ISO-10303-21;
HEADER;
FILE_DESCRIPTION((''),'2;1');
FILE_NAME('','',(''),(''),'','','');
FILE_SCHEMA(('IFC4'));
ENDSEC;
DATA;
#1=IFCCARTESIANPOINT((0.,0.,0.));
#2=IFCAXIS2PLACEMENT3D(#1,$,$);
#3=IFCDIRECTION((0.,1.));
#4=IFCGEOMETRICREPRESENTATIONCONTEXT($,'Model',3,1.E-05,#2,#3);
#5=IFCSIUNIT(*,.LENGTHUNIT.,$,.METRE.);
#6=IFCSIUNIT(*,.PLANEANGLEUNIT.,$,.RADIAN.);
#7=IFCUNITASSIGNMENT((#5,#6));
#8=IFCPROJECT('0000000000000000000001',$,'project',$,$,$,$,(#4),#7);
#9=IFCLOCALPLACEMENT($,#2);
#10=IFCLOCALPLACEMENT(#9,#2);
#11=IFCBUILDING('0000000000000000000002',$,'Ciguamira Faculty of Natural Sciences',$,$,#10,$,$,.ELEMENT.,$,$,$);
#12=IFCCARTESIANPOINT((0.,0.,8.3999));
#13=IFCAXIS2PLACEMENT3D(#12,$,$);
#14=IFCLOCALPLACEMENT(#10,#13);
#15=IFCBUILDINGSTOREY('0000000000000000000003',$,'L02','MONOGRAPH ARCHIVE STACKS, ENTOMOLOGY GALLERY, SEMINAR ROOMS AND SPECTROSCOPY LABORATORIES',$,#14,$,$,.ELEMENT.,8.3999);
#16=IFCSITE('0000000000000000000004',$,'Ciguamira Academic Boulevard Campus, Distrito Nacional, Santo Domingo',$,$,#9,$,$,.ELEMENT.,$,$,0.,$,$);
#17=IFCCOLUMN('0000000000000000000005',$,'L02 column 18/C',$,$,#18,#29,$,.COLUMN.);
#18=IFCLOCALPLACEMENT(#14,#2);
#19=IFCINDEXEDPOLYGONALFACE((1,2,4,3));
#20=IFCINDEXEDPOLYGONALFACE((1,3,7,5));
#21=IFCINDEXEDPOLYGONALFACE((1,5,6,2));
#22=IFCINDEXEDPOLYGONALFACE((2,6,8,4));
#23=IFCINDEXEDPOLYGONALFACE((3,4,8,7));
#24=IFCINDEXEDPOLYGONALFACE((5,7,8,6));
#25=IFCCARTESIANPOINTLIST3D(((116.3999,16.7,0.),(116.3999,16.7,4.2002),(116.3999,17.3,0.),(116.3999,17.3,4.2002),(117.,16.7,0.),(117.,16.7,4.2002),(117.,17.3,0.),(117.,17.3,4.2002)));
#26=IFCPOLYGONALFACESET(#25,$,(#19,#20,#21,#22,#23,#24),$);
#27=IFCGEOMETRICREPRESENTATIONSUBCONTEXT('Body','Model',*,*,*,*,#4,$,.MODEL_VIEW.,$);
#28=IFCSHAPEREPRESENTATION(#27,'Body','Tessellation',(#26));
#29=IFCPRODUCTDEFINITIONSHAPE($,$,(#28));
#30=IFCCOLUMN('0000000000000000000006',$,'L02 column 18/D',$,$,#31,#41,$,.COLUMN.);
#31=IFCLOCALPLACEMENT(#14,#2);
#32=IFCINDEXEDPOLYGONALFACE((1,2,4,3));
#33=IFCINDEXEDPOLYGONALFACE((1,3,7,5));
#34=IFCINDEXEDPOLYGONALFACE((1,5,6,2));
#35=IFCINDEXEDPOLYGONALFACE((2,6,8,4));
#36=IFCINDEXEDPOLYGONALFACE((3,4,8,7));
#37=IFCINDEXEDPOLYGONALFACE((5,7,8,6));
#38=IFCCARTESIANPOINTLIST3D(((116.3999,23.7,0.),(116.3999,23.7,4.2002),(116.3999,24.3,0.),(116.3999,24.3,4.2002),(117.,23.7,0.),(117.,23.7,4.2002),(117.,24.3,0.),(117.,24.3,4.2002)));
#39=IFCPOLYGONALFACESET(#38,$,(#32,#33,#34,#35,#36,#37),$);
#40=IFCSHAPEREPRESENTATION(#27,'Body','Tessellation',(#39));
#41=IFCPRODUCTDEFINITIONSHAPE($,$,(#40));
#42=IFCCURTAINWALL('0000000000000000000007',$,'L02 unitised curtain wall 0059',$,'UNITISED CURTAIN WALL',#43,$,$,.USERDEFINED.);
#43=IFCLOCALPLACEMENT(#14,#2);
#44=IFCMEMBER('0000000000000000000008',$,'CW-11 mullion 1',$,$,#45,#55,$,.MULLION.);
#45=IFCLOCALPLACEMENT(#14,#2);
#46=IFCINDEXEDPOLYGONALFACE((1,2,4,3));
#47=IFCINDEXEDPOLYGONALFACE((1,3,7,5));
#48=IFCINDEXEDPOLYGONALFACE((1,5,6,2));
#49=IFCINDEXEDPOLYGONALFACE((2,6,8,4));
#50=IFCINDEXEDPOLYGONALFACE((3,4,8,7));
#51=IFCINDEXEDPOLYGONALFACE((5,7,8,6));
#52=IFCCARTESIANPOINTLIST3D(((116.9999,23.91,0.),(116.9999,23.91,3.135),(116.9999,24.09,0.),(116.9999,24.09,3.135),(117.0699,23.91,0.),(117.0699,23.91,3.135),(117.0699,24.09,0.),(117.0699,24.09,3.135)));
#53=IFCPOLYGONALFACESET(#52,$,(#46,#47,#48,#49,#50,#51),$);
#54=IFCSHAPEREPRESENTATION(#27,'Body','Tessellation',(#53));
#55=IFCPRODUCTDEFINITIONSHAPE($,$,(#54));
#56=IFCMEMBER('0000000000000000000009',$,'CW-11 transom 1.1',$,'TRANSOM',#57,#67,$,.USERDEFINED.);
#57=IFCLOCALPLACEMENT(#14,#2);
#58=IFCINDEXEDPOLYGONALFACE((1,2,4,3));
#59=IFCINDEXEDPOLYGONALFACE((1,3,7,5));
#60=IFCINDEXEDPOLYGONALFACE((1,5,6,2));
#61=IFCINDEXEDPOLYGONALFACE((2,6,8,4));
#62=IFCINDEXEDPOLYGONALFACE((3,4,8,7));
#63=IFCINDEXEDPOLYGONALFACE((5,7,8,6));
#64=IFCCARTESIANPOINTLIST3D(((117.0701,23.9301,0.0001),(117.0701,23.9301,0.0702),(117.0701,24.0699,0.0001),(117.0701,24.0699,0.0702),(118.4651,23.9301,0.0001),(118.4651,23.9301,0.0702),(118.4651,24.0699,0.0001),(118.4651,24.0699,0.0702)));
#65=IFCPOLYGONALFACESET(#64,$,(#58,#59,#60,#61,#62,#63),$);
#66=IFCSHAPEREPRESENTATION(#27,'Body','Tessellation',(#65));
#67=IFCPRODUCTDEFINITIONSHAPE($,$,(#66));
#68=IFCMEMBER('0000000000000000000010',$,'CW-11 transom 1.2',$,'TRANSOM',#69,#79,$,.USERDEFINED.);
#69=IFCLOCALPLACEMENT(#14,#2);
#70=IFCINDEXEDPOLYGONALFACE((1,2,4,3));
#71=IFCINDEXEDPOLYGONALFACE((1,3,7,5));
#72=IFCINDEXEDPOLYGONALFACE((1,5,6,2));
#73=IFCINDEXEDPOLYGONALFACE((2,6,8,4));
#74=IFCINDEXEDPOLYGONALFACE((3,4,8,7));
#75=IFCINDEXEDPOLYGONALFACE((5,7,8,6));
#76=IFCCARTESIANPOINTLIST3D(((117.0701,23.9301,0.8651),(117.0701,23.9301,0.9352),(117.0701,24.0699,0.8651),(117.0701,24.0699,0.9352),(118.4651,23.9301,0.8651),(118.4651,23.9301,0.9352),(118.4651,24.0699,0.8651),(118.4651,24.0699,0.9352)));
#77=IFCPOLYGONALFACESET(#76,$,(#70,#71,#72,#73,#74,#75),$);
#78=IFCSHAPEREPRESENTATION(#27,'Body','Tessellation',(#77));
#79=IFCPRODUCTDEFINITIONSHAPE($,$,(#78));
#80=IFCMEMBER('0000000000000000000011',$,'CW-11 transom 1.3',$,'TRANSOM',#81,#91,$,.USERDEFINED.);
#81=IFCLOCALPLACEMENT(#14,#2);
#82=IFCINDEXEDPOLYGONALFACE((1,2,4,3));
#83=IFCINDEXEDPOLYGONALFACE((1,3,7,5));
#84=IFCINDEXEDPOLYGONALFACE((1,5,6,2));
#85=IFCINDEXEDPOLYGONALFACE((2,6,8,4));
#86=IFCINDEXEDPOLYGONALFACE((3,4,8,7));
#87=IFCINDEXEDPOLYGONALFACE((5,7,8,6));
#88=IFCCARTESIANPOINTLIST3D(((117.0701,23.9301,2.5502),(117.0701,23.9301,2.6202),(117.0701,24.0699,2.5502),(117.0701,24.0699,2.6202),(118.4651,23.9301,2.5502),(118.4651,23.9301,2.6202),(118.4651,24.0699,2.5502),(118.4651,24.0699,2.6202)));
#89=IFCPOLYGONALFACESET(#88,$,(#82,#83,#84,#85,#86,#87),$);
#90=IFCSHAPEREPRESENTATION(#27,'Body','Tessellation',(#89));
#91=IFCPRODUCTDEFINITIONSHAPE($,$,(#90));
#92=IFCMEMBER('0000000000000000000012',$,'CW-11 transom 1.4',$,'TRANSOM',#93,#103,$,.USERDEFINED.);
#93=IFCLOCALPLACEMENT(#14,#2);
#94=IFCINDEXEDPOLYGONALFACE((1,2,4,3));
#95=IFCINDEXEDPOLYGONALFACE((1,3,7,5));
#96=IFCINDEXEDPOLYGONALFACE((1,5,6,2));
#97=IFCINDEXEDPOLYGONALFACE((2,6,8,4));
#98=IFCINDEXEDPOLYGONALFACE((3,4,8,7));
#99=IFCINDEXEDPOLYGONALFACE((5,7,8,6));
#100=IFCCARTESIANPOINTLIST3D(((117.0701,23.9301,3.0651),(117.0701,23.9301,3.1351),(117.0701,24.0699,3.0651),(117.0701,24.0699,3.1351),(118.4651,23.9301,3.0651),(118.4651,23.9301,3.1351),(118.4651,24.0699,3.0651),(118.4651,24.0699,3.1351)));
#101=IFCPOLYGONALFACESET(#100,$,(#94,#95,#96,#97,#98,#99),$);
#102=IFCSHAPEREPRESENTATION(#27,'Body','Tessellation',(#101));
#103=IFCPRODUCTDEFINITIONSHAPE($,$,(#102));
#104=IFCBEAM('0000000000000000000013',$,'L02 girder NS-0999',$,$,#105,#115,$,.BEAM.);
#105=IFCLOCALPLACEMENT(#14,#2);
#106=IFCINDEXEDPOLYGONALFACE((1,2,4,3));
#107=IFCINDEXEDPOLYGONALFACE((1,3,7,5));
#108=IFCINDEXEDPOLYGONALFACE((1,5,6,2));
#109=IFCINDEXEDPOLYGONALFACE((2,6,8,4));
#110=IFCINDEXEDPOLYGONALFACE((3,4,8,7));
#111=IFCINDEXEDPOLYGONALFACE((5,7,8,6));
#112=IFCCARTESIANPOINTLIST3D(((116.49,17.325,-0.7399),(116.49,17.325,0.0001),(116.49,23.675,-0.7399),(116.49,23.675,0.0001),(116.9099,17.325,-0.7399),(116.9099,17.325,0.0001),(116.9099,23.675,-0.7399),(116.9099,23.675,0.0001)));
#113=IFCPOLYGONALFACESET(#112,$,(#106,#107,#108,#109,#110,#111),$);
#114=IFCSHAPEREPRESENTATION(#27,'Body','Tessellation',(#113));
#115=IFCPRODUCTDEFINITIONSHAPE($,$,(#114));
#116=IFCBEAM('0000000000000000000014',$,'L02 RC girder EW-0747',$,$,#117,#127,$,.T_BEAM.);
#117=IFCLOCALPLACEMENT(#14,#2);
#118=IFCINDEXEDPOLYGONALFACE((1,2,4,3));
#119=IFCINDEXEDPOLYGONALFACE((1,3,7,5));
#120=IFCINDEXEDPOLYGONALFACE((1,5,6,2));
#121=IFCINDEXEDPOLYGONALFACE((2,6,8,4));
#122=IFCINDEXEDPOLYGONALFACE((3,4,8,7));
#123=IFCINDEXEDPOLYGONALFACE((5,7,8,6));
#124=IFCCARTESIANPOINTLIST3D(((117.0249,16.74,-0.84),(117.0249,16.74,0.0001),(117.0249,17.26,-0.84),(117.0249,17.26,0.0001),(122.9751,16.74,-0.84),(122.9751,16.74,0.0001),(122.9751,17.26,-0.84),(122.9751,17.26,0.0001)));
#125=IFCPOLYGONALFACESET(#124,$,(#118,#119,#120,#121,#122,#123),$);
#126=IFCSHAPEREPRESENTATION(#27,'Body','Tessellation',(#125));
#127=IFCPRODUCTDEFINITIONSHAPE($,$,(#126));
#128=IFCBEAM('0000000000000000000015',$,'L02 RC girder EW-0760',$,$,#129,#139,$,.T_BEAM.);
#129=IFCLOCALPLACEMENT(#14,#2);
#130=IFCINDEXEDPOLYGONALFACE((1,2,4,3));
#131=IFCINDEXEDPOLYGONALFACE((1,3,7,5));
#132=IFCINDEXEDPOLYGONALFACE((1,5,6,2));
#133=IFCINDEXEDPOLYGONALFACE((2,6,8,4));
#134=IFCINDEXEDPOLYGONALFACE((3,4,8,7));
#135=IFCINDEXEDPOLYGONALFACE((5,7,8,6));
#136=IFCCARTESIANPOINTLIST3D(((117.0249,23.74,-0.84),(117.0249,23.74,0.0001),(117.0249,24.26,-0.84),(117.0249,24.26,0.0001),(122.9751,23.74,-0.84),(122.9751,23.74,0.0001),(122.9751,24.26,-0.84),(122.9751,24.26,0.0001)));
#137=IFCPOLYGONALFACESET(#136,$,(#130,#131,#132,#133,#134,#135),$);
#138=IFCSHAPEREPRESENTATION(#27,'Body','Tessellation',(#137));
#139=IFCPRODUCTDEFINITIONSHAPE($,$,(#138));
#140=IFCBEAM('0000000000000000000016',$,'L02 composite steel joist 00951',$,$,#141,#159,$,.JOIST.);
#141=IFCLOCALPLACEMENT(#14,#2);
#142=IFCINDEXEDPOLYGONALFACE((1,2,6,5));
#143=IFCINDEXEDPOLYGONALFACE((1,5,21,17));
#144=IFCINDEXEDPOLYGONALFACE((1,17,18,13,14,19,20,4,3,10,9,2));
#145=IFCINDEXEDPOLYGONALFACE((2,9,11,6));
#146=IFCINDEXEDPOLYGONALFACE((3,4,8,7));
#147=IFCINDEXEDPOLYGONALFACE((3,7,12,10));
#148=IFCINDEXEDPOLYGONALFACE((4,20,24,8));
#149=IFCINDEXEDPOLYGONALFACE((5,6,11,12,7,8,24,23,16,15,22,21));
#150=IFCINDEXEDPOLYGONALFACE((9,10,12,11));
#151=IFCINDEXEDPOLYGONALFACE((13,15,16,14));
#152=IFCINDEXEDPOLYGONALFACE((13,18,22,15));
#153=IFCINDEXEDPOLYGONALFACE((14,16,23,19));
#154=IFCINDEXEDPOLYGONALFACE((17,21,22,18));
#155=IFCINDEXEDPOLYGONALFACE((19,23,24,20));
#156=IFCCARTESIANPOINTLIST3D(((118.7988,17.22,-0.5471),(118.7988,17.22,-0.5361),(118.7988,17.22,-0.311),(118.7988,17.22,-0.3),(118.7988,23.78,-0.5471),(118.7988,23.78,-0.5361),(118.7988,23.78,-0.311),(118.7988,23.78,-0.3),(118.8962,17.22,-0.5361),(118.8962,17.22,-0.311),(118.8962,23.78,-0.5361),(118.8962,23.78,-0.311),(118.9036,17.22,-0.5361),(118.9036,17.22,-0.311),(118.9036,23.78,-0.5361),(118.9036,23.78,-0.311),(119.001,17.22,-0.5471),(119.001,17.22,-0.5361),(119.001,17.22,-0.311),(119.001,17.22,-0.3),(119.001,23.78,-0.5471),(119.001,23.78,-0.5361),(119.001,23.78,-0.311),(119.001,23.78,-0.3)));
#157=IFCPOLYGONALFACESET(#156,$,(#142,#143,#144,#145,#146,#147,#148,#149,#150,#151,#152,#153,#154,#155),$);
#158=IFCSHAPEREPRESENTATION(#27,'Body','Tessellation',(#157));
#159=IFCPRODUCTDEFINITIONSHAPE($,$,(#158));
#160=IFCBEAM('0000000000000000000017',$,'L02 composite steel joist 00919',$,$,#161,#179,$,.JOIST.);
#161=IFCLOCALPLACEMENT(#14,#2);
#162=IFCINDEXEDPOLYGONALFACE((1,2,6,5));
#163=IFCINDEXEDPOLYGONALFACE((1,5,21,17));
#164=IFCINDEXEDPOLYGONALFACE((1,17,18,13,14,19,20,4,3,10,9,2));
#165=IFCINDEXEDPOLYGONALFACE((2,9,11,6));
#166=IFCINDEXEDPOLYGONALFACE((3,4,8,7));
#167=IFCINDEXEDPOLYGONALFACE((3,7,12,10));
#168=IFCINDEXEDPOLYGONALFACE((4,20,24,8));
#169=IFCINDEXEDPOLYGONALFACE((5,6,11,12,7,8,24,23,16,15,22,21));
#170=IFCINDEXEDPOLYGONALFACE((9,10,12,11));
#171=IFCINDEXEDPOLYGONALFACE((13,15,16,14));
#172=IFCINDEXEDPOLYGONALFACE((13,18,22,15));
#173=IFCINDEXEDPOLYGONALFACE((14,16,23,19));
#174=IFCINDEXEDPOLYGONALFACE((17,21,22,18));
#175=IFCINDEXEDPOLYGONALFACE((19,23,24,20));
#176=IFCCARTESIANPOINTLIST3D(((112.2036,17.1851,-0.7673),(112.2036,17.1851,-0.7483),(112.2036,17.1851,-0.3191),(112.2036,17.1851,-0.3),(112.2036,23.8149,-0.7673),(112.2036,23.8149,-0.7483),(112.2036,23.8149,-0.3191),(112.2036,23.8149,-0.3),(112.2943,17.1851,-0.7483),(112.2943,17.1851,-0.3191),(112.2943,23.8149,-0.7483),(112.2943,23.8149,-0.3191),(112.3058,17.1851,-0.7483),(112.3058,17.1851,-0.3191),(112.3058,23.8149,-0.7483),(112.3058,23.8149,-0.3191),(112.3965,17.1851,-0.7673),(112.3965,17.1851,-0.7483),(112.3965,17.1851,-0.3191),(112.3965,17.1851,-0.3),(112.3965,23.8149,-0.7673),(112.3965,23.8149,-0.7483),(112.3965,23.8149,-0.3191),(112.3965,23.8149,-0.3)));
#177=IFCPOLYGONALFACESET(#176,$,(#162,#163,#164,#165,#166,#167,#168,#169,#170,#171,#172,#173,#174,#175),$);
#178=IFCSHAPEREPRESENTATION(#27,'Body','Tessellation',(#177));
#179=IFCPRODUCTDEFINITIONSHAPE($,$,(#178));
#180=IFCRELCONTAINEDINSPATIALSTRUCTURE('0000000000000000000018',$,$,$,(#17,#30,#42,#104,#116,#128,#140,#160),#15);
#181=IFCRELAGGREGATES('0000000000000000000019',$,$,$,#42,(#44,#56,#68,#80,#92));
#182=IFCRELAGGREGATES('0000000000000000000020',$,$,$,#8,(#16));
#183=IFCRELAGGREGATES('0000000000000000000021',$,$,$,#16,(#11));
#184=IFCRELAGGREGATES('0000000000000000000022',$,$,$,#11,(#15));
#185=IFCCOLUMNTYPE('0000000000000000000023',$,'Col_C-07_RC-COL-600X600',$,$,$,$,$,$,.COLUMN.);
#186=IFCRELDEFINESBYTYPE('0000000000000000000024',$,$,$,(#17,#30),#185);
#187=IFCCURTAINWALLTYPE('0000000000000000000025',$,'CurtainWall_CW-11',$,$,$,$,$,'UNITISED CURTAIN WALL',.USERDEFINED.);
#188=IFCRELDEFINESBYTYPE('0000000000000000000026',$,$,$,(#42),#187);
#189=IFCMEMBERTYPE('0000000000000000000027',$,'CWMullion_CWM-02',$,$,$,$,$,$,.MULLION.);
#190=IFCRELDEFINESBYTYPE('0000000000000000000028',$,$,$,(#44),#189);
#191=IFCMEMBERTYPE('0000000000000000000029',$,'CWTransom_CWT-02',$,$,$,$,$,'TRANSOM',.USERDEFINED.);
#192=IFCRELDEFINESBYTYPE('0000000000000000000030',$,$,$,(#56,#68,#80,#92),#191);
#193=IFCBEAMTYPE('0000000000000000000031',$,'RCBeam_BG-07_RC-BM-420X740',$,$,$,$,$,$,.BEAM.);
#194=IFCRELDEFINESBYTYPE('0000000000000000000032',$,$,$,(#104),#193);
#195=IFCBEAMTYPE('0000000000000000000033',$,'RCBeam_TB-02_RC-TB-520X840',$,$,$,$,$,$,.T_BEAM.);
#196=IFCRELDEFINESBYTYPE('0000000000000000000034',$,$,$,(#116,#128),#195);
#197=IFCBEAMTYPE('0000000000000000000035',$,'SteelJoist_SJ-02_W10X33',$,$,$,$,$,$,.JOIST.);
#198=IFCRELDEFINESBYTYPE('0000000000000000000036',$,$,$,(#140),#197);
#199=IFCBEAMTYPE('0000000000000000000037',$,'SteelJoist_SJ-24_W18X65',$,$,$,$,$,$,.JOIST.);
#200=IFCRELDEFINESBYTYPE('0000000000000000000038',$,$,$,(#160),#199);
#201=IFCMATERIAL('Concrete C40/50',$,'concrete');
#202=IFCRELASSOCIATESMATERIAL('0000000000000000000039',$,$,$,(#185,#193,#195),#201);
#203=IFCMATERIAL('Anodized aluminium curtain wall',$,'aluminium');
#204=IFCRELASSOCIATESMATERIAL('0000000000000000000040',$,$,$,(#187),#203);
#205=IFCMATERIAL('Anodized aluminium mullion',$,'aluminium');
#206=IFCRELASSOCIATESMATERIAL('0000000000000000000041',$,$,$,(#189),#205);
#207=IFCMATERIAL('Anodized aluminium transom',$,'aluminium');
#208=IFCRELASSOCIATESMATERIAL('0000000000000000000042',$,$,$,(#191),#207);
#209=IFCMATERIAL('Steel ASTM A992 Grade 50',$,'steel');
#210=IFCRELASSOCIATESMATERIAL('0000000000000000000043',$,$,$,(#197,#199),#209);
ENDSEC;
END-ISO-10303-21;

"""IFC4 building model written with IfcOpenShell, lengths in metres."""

from ifc_helpers import new_model, si_unit, direction, frame, origin, origin_2d, place, context, subcontext, project, spatial, rectangle, i_section, extrude, material, material_profile, profile_set, type_object, element, aggregate, save


model = new_model("IFC4")

# Units and contexts
model_context = context("Model", 3, precision=1e-05, world=origin(), true_north=direction((0.0, 1.0)))
body_context = subcontext(model_context, "Body", "Model", "MODEL_VIEW")
ifc_project = project(units=[si_unit("LENGTHUNIT", "METRE"), si_unit("PLANEANGLEUNIT", "RADIAN")], contexts=[model_context])

# Site, building, storey
site_placement = place(None, origin())
site = spatial("IfcSite", under=ifc_project, at=site_placement, Name="Ciguamira Academic Boulevard Campus, Distrito Nacional, Santo Domingo", CompositionType="ELEMENT", RefElevation=0.0)
building_placement = place(site_placement, origin())
building = spatial("IfcBuilding", under=site, at=building_placement, Name="Ciguamira Faculty of Natural Sciences", CompositionType="ELEMENT")
storey_placement = place(building_placement, frame((0.0, 0.0, 8.3999)))
storey = spatial("IfcBuildingStorey", under=building, at=storey_placement, Name="L02", Description="MONOGRAPH ARCHIVE STACKS, ENTOMOLOGY GALLERY, SEMINAR ROOMS AND SPECTROSCOPY LABORATORIES", CompositionType="ELEMENT", Elevation=8.3999)

# Columns
ifc_material_1 = material(Name="Concrete C40/50", Category="concrete")
ifc_material_profile_1 = material_profile(ifc_material_1, rectangle(XDim=0.6001, YDim=0.6001, at=origin_2d()), Name="RC-COL-600X600")
ifc_profile_set_1 = profile_set([ifc_material_profile_1], Name="Concrete C40/50")
column_type = type_object("IfcColumnType", Name="Col_C-07_RC-COL-600X600", PredefinedType="COLUMN", material=ifc_profile_set_1)
for number, where, z_axis, x_axis, name in (
    (1, (116.7, 17.0, 0.0), (0.0, 0.0, 1.0), (1.0, 0.0, 0.0), "L02 column 18/C"),
    (2, (116.7, 24.0, 0.0), (0.0, 0.0, 1.0), (1.0, 0.0, 0.0), "L02 column 18/D"),
):
    element("IfcColumn", number, at=place(storey_placement, frame(where, z_axis=z_axis, x_axis=x_axis)), inside=storey, type_object=column_type, Name=name, PredefinedType="COLUMN", context=body_context, shape_type="SweptSolid", body=[
        extrude(rectangle(XDim=0.6001, YDim=0.6001, at=origin_2d()), origin(), (0.0, 0.0, 1.0), 4.2002),
    ])

# Curtain wall, members
ifc_material_2 = material(Name="Anodized aluminium curtain wall", Category="aluminium")
curtain_wall_type = type_object("IfcCurtainWallType", Name="CurtainWall_CW-11", ElementType="UNITISED CURTAIN WALL", PredefinedType="USERDEFINED", material=ifc_material_2)
curtain_wall_placement = place(storey_placement, origin())
curtain_wall = element("IfcCurtainWall", 3, at=curtain_wall_placement, inside=storey, type_object=curtain_wall_type, Name="L02 unitised curtain wall 0059", ObjectType="UNITISED CURTAIN WALL", PredefinedType="USERDEFINED")
ifc_material_3 = material(Name="Anodized aluminium mullion", Category="aluminium")
ifc_material_profile_2 = material_profile(ifc_material_3, rectangle(XDim=0.0701, YDim=0.1799, at=origin_2d()), Name="ALU-MUL-70X180")
ifc_profile_set_2 = profile_set([ifc_material_profile_2], Name="Anodized aluminium mullion")
member_type_1 = type_object("IfcMemberType", Name="CWMullion_CWM-02", PredefinedType="MULLION", material=ifc_profile_set_2)
member_1_placement = place(storey_placement, frame((117.0349, 24.0, 0.0), z_axis=(0.0, 0.0, 1.0), x_axis=(1.0, 0.0, 0.0)))
member_1 = element("IfcMember", 4, at=member_1_placement, type_object=member_type_1, Name="CW-11 mullion 1", PredefinedType="MULLION", context=body_context, shape_type="SweptSolid", body=[
    extrude(rectangle(XDim=0.0701, YDim=0.1799, at=origin_2d()), origin(), (0.0, 0.0, 1.0), 3.135),
])
ifc_material_4 = material(Name="Anodized aluminium transom", Category="aluminium")
ifc_material_profile_3 = material_profile(ifc_material_4, rectangle(XDim=0.0701, YDim=0.1399, at=origin_2d()), Name="ALU-TRN-70X140")
ifc_profile_set_3 = profile_set([ifc_material_profile_3], Name="Anodized aluminium transom")
member_type_2 = type_object("IfcMemberType", Name="CWTransom_CWT-02", ElementType="TRANSOM", PredefinedType="USERDEFINED", material=ifc_profile_set_3)
member_2_placement = place(storey_placement, frame((117.0701, 24.0, 0.0352), z_axis=(1.0, 0.0, 0.0), x_axis=(0.0, 0.0, 1.0)))
member_2 = element("IfcMember", 5, at=member_2_placement, type_object=member_type_2, Name="CW-11 transom 1.1", ObjectType="TRANSOM", PredefinedType="USERDEFINED", context=body_context, shape_type="SweptSolid", body=[
    extrude(rectangle(XDim=0.0701, YDim=0.1399, at=origin_2d()), origin(), (0.0, 0.0, 1.0), 1.395),
])
member_3_placement = place(storey_placement, frame((117.0701, 24.0, 0.9001), z_axis=(1.0, 0.0, 0.0), x_axis=(0.0, 0.0, 1.0)))
member_3 = element("IfcMember", 6, at=member_3_placement, type_object=member_type_2, Name="CW-11 transom 1.2", ObjectType="TRANSOM", PredefinedType="USERDEFINED", context=body_context, shape_type="SweptSolid", body=[
    extrude(rectangle(XDim=0.0701, YDim=0.1399, at=origin_2d()), origin(), (0.0, 0.0, 1.0), 1.395),
])
member_4_placement = place(storey_placement, frame((117.0701, 24.0, 2.5852), z_axis=(1.0, 0.0, 0.0), x_axis=(0.0, 0.0, 1.0)))
member_4 = element("IfcMember", 7, at=member_4_placement, type_object=member_type_2, Name="CW-11 transom 1.3", ObjectType="TRANSOM", PredefinedType="USERDEFINED", context=body_context, shape_type="SweptSolid", body=[
    extrude(rectangle(XDim=0.0701, YDim=0.1399, at=origin_2d()), origin(), (0.0, 0.0, 1.0), 1.395),
])
member_5_placement = place(storey_placement, frame((117.0701, 24.0, 3.1001), z_axis=(1.0, 0.0, 0.0), x_axis=(0.0, 0.0, 1.0)))
member_5 = element("IfcMember", 8, at=member_5_placement, type_object=member_type_2, Name="CW-11 transom 1.4", ObjectType="TRANSOM", PredefinedType="USERDEFINED", context=body_context, shape_type="SweptSolid", body=[
    extrude(rectangle(XDim=0.0701, YDim=0.1399, at=origin_2d()), origin(), (0.0, 0.0, 1.0), 1.395),
])

# Beams
ifc_material_profile_4 = material_profile(ifc_material_1, rectangle(XDim=0.4199, YDim=0.74, at=origin_2d()), Name="RC-BM-420X740")
ifc_profile_set_4 = profile_set([ifc_material_profile_4], Name="Concrete C40/50")
beam_type_1 = type_object("IfcBeamType", Name="RCBeam_BG-07_RC-BM-420X740", PredefinedType="BEAM", material=ifc_profile_set_4)
beam_1_placement = place(storey_placement, frame((116.7, 17.325, -0.3699), z_axis=(0.0, 1.0, 0.0), x_axis=(-1.0, 0.0, 0.0)))
element("IfcBeam", 9, at=beam_1_placement, inside=storey, type_object=beam_type_1, Name="L02 girder NS-0999", PredefinedType="BEAM", context=body_context, shape_type="SweptSolid", body=[
    extrude(rectangle(XDim=0.4199, YDim=0.74, at=origin_2d()), origin(), (0.0, 0.0, 1.0), 6.3501),
])
ifc_material_profile_5 = material_profile(ifc_material_1, rectangle(XDim=0.52, YDim=0.8401, at=origin_2d()), Name="RC-TB-520X840")
ifc_profile_set_5 = profile_set([ifc_material_profile_5], Name="Concrete C40/50")
beam_type_2 = type_object("IfcBeamType", Name="RCBeam_TB-02_RC-TB-520X840", PredefinedType="T_BEAM", material=ifc_profile_set_5)
for number, where, z_axis, x_axis, name in (
    (10, (117.0249, 17.0, -0.4199), (1.0, 0.0, 0.0), (0.0, 1.0, 0.0), "L02 RC girder EW-0747"),
    (11, (117.0249, 24.0, -0.4199), (1.0, 0.0, 0.0), (0.0, 1.0, 0.0), "L02 RC girder EW-0760"),
):
    element("IfcBeam", number, at=place(storey_placement, frame(where, z_axis=z_axis, x_axis=x_axis)), inside=storey, type_object=beam_type_2, Name=name, PredefinedType="T_BEAM", context=body_context, shape_type="SweptSolid", body=[
        extrude(rectangle(XDim=0.52, YDim=0.8401, at=origin_2d()), origin(), (0.0, 0.0, 1.0), 5.9502),
    ])
ifc_material_5 = material(Name="Steel ASTM A992 Grade 50", Category="steel")
ifc_material_profile_6 = material_profile(ifc_material_5, i_section(OverallWidth=0.2021, OverallDepth=0.2471, WebThickness=0.0073, FlangeThickness=0.011, at=origin_2d()), Name="W10X33")
ifc_profile_set_6 = profile_set([ifc_material_profile_6], Name="Steel ASTM A992 Grade 50")
beam_type_3 = type_object("IfcBeamType", Name="SteelJoist_SJ-02_W10X33", PredefinedType="JOIST", material=ifc_profile_set_6)
beam_2_placement = place(storey_placement, frame((118.8999, 17.22, -0.4236), z_axis=(0.0, 1.0, 0.0), x_axis=(-1.0, 0.0, 0.0)))
element("IfcBeam", 12, at=beam_2_placement, inside=storey, type_object=beam_type_3, Name="L02 composite steel joist 00951", PredefinedType="JOIST", context=body_context, shape_type="SweptSolid", body=[
    extrude(i_section(OverallWidth=0.2021, OverallDepth=0.2471, WebThickness=0.0073, FlangeThickness=0.011, at=origin_2d()), origin(), (0.0, 0.0, 1.0), 6.5601),
])
ifc_material_profile_7 = material_profile(ifc_material_5, i_section(OverallWidth=0.1929, OverallDepth=0.4673, WebThickness=0.0115, FlangeThickness=0.019, at=origin_2d()), Name="W18X65")
ifc_profile_set_7 = profile_set([ifc_material_profile_7], Name="Steel ASTM A992 Grade 50")
beam_type_4 = type_object("IfcBeamType", Name="SteelJoist_SJ-24_W18X65", PredefinedType="JOIST", material=ifc_profile_set_7)
beam_3_placement = place(storey_placement, frame((112.3, 17.1851, -0.5337), z_axis=(0.0, 1.0, 0.0), x_axis=(-1.0, 0.0, 0.0)))
element("IfcBeam", 13, at=beam_3_placement, inside=storey, type_object=beam_type_4, Name="L02 composite steel joist 00919", PredefinedType="JOIST", context=body_context, shape_type="SweptSolid", body=[
    extrude(i_section(OverallWidth=0.1929, OverallDepth=0.4673, WebThickness=0.0115, FlangeThickness=0.019, at=origin_2d()), origin(), (0.0, 0.0, 1.0), 6.6299),
])

aggregate(curtain_wall, [member_1, member_2, member_3, member_4, member_5])

save(model, "model.ifc")
